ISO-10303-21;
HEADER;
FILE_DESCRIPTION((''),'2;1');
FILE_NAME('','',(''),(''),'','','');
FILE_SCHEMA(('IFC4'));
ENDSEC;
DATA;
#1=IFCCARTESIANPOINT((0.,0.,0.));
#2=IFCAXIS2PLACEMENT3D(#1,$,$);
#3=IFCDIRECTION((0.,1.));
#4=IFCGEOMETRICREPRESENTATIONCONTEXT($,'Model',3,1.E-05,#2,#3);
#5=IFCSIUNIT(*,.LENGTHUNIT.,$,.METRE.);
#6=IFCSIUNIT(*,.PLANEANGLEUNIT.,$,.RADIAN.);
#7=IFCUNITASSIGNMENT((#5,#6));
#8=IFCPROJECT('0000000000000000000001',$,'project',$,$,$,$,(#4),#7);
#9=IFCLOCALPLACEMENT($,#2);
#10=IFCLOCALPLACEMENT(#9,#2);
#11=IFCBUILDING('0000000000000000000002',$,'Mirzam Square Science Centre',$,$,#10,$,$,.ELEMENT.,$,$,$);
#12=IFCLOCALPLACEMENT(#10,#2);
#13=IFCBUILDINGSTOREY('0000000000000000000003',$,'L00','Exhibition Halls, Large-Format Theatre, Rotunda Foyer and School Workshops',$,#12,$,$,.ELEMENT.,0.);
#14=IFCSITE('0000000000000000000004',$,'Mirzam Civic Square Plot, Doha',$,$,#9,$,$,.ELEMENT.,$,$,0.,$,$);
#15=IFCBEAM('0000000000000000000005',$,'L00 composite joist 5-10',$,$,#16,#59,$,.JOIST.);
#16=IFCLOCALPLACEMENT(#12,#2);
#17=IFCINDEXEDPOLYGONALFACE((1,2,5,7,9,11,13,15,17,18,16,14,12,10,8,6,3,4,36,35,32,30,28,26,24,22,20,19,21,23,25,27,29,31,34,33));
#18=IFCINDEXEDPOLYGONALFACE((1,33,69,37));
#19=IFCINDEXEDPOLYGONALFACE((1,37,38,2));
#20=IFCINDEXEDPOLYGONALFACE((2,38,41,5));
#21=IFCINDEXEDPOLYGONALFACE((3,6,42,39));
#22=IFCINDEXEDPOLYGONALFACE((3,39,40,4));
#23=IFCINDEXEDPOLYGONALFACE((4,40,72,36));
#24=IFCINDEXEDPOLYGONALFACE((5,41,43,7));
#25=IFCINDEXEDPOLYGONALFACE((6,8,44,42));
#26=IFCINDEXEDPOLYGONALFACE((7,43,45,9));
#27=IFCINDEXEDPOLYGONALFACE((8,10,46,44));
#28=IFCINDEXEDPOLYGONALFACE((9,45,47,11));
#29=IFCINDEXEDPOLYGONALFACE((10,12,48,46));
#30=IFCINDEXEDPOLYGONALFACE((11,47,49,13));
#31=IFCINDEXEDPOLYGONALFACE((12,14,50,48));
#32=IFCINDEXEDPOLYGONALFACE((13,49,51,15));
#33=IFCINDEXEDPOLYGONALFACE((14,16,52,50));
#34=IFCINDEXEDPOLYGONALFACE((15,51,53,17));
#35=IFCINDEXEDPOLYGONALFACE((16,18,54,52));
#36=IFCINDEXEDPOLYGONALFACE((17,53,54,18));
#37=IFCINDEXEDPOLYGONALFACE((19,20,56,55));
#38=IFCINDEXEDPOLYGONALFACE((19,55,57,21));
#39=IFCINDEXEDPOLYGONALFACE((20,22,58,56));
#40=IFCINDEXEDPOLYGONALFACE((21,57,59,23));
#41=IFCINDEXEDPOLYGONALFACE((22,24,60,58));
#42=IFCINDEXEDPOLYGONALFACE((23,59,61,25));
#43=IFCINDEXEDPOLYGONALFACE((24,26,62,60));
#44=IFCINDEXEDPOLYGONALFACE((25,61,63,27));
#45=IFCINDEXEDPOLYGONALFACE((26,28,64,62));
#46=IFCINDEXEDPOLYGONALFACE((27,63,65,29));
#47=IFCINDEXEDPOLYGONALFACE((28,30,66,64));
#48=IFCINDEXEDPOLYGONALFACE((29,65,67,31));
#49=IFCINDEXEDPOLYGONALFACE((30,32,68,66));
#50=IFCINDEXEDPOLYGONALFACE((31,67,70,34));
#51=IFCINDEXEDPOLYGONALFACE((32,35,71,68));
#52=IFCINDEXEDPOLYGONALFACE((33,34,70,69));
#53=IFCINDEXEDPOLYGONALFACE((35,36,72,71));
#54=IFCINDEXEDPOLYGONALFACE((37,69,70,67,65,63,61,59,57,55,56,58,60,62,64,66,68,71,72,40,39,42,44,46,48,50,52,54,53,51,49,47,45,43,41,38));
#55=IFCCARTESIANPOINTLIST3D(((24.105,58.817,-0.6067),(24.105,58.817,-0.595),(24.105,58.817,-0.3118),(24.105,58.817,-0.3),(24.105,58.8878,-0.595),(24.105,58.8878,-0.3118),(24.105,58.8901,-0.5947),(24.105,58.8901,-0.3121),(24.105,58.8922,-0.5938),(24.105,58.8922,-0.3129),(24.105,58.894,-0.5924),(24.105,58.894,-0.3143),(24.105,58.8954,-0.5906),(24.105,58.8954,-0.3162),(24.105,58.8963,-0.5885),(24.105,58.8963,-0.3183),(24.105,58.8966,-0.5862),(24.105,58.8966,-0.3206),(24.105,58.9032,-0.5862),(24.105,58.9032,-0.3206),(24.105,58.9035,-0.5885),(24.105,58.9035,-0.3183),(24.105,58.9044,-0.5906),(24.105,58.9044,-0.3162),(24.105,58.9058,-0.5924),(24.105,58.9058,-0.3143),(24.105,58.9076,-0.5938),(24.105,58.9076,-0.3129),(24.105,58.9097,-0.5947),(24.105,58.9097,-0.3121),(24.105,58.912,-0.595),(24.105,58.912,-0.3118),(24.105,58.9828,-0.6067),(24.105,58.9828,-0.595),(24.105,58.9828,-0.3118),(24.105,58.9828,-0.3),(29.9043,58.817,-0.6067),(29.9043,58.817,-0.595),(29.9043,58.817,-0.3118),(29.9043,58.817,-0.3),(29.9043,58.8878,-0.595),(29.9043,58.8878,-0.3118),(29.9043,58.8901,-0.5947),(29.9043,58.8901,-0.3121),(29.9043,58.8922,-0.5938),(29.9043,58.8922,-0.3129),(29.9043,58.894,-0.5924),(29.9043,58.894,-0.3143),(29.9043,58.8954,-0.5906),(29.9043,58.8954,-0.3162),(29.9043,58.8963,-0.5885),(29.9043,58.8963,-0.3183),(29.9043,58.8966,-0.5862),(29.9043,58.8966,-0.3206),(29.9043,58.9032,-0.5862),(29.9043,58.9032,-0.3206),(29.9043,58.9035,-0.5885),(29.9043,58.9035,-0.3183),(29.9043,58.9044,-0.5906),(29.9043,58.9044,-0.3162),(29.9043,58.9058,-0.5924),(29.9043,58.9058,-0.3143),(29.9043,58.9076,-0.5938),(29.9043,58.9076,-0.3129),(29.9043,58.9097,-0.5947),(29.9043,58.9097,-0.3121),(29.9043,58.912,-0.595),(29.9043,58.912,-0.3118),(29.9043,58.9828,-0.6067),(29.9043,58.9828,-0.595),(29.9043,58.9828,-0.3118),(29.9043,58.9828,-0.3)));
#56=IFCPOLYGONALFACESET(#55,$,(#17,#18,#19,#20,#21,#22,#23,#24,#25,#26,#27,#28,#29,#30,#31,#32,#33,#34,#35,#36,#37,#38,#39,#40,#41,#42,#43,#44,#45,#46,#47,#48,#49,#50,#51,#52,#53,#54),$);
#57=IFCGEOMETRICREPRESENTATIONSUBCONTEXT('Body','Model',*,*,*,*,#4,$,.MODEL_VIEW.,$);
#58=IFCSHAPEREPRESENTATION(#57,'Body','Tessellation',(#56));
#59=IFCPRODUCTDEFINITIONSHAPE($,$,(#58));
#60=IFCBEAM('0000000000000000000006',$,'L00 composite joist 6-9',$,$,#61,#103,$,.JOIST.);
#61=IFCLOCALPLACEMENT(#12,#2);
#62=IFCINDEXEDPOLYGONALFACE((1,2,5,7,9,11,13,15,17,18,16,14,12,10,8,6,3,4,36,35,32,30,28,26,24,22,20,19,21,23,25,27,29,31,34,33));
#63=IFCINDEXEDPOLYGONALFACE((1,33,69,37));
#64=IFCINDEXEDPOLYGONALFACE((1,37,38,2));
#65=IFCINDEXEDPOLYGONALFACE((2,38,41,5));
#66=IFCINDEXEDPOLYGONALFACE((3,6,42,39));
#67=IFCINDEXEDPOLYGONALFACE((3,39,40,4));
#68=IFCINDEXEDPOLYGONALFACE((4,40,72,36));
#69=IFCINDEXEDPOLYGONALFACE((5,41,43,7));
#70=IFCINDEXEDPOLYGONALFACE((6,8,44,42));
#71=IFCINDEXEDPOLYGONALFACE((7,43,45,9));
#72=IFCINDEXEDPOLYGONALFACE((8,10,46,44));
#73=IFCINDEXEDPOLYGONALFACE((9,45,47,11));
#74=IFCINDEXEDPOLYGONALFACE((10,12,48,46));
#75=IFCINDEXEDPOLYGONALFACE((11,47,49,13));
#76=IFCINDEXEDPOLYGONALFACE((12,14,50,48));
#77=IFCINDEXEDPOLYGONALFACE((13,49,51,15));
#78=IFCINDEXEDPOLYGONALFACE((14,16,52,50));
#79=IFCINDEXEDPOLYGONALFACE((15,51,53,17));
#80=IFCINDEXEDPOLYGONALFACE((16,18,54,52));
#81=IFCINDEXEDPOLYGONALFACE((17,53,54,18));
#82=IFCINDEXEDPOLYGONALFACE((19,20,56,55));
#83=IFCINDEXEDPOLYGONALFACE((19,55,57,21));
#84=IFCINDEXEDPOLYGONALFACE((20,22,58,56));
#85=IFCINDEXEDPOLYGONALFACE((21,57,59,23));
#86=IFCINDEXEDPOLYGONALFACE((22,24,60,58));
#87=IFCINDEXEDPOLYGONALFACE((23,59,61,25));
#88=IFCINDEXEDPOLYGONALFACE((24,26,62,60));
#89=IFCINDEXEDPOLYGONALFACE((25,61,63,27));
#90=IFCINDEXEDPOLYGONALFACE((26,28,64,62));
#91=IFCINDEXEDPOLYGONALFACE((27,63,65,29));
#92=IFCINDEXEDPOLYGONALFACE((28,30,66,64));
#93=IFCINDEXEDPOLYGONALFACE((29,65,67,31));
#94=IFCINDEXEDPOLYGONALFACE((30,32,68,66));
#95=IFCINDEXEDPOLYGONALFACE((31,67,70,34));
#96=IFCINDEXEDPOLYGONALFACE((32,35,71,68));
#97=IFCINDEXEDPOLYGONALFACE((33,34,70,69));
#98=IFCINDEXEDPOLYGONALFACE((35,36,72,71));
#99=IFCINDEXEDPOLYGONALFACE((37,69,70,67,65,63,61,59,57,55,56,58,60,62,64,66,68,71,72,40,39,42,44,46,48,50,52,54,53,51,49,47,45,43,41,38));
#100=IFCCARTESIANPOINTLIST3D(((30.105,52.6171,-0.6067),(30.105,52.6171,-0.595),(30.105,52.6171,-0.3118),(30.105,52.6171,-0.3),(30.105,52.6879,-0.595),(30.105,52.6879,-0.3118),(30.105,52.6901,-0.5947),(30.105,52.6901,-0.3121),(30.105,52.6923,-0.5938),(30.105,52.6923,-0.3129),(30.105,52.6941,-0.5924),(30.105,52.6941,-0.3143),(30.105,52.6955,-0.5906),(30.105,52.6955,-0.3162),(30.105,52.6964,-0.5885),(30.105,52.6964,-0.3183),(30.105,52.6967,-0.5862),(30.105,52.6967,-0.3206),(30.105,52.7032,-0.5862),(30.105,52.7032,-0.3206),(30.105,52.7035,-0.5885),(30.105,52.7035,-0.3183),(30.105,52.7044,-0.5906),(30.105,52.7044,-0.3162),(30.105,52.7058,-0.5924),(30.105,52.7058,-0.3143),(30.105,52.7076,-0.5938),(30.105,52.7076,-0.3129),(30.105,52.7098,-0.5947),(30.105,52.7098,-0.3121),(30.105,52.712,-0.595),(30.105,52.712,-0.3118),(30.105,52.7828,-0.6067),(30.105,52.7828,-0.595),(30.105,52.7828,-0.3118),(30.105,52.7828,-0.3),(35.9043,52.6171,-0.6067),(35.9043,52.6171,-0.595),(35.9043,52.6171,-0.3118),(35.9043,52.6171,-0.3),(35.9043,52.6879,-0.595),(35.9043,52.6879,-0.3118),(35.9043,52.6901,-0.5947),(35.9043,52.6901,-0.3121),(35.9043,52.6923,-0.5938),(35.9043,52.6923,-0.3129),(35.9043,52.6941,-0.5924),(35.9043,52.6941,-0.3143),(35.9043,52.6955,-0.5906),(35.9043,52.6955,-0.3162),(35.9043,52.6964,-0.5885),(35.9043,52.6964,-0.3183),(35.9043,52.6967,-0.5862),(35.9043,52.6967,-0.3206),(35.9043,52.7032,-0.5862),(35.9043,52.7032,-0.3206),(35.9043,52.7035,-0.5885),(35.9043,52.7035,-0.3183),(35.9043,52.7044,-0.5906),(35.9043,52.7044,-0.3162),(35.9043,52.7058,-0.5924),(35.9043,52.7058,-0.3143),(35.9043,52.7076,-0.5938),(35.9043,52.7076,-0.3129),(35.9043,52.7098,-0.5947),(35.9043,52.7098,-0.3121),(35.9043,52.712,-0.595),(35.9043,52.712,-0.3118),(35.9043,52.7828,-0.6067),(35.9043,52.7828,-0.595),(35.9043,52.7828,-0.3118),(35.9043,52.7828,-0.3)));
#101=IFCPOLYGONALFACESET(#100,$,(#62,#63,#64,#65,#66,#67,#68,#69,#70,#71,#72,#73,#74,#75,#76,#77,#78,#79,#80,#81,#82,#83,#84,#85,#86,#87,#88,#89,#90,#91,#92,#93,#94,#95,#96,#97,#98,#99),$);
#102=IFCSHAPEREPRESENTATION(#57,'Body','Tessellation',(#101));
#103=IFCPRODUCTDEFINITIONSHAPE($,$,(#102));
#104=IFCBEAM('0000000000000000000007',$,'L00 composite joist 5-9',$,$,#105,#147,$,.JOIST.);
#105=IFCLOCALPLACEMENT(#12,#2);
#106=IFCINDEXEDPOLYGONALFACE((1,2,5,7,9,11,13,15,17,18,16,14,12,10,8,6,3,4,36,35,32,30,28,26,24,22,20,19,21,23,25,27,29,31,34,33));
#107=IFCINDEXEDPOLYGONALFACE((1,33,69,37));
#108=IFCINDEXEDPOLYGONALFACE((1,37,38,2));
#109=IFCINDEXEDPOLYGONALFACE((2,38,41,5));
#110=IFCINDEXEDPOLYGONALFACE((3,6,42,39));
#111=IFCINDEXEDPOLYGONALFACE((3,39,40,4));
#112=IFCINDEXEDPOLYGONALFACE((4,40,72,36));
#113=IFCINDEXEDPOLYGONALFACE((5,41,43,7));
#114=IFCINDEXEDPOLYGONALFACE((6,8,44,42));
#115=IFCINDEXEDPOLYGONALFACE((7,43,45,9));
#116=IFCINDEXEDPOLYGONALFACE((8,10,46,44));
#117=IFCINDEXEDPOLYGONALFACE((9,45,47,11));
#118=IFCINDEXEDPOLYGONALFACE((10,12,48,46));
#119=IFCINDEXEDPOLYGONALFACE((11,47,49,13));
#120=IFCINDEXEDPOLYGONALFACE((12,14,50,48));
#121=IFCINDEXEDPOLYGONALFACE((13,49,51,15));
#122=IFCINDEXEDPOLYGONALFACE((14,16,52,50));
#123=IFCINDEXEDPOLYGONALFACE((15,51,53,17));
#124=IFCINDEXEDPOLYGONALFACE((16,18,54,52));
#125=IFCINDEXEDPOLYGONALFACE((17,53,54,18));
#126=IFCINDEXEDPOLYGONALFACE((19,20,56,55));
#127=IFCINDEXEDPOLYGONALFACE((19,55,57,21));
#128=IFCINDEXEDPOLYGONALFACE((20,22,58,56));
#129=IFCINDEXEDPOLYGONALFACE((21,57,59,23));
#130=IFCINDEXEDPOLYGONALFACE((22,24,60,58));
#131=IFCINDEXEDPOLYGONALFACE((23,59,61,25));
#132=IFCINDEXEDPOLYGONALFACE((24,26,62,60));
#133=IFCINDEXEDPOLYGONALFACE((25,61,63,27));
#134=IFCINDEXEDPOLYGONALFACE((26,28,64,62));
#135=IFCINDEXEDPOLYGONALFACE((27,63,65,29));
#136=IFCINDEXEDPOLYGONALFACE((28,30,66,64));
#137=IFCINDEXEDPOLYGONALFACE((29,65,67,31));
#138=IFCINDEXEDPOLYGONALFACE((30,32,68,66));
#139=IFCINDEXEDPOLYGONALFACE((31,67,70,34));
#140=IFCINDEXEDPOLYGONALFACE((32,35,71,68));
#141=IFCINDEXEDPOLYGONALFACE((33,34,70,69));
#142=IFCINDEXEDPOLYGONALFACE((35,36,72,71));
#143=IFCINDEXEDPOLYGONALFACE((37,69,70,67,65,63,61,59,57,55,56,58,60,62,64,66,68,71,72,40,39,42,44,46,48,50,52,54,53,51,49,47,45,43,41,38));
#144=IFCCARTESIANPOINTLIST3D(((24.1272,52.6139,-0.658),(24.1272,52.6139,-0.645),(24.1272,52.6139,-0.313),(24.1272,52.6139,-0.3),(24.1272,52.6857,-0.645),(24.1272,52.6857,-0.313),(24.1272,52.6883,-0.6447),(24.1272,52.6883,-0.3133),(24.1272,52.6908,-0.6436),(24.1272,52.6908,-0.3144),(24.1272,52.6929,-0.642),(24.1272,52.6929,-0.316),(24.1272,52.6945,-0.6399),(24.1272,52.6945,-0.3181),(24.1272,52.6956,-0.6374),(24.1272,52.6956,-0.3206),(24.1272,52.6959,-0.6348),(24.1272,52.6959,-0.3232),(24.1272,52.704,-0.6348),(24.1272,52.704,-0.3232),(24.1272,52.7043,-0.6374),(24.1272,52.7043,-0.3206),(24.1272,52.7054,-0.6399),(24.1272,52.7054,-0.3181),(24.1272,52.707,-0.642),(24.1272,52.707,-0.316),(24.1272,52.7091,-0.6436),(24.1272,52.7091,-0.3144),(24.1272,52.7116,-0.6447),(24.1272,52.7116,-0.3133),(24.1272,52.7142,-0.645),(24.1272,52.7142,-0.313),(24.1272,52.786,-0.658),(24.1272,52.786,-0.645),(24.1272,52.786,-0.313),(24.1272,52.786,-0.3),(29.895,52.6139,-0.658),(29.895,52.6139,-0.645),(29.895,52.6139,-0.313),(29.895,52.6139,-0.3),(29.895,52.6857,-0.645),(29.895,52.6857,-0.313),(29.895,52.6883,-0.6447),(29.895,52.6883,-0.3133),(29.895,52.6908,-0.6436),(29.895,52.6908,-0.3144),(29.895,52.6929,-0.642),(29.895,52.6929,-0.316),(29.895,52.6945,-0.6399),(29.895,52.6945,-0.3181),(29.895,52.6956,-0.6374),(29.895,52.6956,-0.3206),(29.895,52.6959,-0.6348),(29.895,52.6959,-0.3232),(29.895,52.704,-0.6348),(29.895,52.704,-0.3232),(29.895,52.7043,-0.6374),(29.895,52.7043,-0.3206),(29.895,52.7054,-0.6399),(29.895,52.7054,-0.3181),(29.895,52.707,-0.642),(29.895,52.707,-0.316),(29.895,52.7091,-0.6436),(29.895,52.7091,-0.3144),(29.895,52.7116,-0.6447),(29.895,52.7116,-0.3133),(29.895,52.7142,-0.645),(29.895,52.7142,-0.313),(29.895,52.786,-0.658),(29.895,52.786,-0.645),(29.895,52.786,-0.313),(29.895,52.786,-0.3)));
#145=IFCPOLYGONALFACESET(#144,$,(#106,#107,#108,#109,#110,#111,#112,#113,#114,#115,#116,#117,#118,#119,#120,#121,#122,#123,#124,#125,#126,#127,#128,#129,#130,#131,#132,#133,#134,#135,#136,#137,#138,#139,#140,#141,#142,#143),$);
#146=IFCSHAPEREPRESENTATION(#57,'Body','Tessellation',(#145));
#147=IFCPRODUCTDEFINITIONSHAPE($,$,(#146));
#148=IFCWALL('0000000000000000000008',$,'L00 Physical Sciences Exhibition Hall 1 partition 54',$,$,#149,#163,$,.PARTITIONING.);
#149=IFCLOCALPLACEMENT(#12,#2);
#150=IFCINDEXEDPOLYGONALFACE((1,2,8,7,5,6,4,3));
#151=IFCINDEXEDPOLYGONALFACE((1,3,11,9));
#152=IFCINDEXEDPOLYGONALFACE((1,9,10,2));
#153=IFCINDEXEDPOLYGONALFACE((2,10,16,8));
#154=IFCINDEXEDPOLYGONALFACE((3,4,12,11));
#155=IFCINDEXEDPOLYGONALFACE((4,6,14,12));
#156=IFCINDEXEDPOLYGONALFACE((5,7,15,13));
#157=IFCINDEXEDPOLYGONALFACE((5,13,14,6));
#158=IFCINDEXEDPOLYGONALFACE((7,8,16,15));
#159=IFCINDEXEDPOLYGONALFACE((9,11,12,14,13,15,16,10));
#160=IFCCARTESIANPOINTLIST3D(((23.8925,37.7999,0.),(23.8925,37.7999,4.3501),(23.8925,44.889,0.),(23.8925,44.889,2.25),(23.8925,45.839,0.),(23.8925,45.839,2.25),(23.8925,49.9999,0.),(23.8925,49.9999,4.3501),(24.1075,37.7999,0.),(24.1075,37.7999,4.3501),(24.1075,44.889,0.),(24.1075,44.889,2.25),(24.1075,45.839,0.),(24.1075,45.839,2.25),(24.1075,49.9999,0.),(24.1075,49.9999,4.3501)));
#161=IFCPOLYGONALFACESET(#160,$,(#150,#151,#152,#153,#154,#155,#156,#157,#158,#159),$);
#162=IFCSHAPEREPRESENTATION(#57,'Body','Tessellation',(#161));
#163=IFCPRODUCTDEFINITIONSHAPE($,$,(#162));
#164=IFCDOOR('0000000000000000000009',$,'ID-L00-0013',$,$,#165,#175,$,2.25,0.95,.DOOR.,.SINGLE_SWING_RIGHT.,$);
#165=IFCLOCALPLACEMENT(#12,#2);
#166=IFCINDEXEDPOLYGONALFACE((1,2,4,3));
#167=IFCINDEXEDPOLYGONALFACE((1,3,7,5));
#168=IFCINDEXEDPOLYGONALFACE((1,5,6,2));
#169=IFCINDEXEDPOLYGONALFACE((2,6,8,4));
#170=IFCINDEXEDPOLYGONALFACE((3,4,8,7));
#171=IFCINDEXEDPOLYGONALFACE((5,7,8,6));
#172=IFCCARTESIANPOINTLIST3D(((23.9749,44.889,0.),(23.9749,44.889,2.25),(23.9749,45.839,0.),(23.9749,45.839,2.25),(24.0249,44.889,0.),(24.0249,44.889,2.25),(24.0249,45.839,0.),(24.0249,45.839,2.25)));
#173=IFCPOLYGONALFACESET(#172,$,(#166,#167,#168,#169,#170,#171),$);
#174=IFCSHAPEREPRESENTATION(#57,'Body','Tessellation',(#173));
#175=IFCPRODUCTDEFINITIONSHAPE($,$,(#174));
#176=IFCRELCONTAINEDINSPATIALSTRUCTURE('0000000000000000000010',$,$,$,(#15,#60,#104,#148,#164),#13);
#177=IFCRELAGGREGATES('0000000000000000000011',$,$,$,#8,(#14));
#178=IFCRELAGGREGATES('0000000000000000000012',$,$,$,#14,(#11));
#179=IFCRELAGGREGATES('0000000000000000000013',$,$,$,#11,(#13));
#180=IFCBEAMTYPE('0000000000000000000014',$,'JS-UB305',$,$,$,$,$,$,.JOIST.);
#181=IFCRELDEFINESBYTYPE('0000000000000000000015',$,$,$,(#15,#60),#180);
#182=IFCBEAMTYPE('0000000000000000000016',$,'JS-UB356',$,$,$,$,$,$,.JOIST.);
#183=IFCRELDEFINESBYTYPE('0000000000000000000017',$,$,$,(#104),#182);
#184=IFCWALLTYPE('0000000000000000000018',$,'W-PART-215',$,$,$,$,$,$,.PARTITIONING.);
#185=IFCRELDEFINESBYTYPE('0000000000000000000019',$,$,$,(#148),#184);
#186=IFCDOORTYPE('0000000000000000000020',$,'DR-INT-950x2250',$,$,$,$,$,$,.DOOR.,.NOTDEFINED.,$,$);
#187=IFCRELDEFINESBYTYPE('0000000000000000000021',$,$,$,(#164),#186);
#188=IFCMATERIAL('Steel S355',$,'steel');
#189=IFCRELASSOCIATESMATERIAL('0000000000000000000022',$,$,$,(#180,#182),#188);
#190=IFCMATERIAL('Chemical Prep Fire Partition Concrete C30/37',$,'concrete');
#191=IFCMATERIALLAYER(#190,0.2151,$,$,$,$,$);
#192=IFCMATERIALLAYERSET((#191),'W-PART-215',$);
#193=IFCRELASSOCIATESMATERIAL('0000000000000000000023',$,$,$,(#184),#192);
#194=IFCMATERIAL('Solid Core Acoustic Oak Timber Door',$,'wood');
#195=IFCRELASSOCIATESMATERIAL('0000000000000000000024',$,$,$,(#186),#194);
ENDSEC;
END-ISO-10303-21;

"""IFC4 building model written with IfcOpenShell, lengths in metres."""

from ifc_helpers import new_model, si_unit, direction, frame, frame_2d, origin, origin_2d, place, context, subcontext, project, spatial, rectangle, i_section, extrude, material, layer, layer_set, material_profile, profile_set, type_object, element, fill, save


model = new_model("IFC4")

# Units and contexts
model_context = context("Model", 3, precision=1e-05, world=origin(), true_north=direction((0.0, 1.0)))
body_context = subcontext(model_context, "Body", "Model", "MODEL_VIEW")
ifc_project = project(units=[si_unit("LENGTHUNIT", "METRE"), si_unit("PLANEANGLEUNIT", "RADIAN")], contexts=[model_context])

# Site, building, storey
site_placement = place(None, origin())
site = spatial("IfcSite", under=ifc_project, at=site_placement, Name="Mirzam Civic Square Plot, Doha", CompositionType="ELEMENT", RefElevation=0.0)
building_placement = place(site_placement, origin())
building = spatial("IfcBuilding", under=site, at=building_placement, Name="Mirzam Square Science Centre", CompositionType="ELEMENT")
storey_placement = place(building_placement, origin())
storey = spatial("IfcBuildingStorey", under=building, at=storey_placement, Name="L00", Description="Exhibition Halls, Large-Format Theatre, Rotunda Foyer and School Workshops", CompositionType="ELEMENT", Elevation=0.0)

# Shared definitions
ifc_material_1 = material(Name="Steel S355", Category="steel")

# Beams
ifc_material_profile_1 = material_profile(ifc_material_1, i_section(OverallWidth=0.1658, OverallDepth=0.3066, WebThickness=0.0066, FlangeThickness=0.0117, FilletRadius=0.0088, at=origin_2d()), Name="305x165x46UB")
ifc_profile_set_1 = profile_set([ifc_material_profile_1], Name="Steel S355")
beam_type_1 = type_object("IfcBeamType", Name="JS-UB305", PredefinedType="JOIST", material=ifc_profile_set_1)
for number, where, z_axis, x_axis, name in (
    (1, (24.105, 58.8999, -0.4534), (1.0, 0.0, 0.0), (0.0, 1.0, 0.0), "L00 composite joist 5-10"),
    (2, (30.105, 52.7, -0.4534), (1.0, 0.0, 0.0), (0.0, 1.0, 0.0), "L00 composite joist 6-9"),
):
    element("IfcBeam", number, at=place(storey_placement, frame(where, z_axis=z_axis, x_axis=x_axis)), inside=storey, type_object=beam_type_1, Name=name, PredefinedType="JOIST", context=body_context, shape_type="SweptSolid", body=[
        extrude(i_section(OverallWidth=0.1658, OverallDepth=0.3066, WebThickness=0.0066, FlangeThickness=0.0117, FilletRadius=0.0088, at=origin_2d()), origin(), (0.0, 0.0, 1.0), 5.7993),
    ])
ifc_material_profile_2 = material_profile(ifc_material_1, i_section(OverallWidth=0.1721, OverallDepth=0.3579, WebThickness=0.0081, FlangeThickness=0.0129, FilletRadius=0.0103, at=origin_2d()), Name="356x171x57UB")
ifc_profile_set_2 = profile_set([ifc_material_profile_2], Name="Steel S355")
beam_type_2 = type_object("IfcBeamType", Name="JS-UB356", PredefinedType="JOIST", material=ifc_profile_set_2)
beam_1_placement = place(storey_placement, frame((24.1272, 52.7, -0.479), z_axis=(1.0, 0.0, 0.0), x_axis=(0.0, 1.0, 0.0)))
element("IfcBeam", 3, at=beam_1_placement, inside=storey, type_object=beam_type_2, Name="L00 composite joist 5-9", PredefinedType="JOIST", context=body_context, shape_type="SweptSolid", body=[
    extrude(i_section(OverallWidth=0.1721, OverallDepth=0.3579, WebThickness=0.0081, FlangeThickness=0.0129, FilletRadius=0.0103, at=origin_2d()), origin(), (0.0, 0.0, 1.0), 5.7678),
])

# Wall, opening, door
ifc_material_2 = material(Name="Chemical Prep Fire Partition Concrete C30/37", Category="concrete")
ifc_layer_1 = layer(ifc_material_2, 0.2151)
ifc_layer_set_1 = layer_set([ifc_layer_1], Name="W-PART-215")
wall_type_1 = type_object("IfcWallType", Name="W-PART-215", PredefinedType="PARTITIONING", material=ifc_layer_set_1)
wall_1_placement = place(storey_placement, frame((24.0, 50.0, 0.0), z_axis=(0.0, 0.0, 1.0), x_axis=(0.0, -1.0, 0.0)))
wall_1 = element("IfcWall", 4, at=wall_1_placement, inside=storey, type_object=wall_type_1, Name="L00 Physical Sciences Exhibition Hall 1 partition 54", PredefinedType="PARTITIONING", context=body_context, shape_type="SweptSolid", body=[
    extrude(rectangle(XDim=12.2, YDim=0.2151, at=frame_2d((6.1001, 0.0))), origin(), (0.0, 0.0, 1.0), 4.3501),
])
opening_1_placement = place(wall_1_placement, frame((4.1609, 0.0, 0.0)))
opening_1 = element("IfcOpeningElement", 5, at=opening_1_placement, cuts=wall_1, PredefinedType="OPENING", context=body_context, shape_type="SweptSolid", body=[
    extrude(rectangle(XDim=0.95, YDim=2.25, at=frame_2d((0.4751, 1.125))), frame((0.0, 0.1174, 0.0), z_axis=(0.0, -1.0, 0.0), x_axis=(1.0, 0.0, 0.0)), (0.0, 0.0, 1.0), 0.2351),
])
ifc_material_3 = material(Name="Solid Core Acoustic Oak Timber Door", Category="wood")
door_type_1 = type_object("IfcDoorType", Name="DR-INT-950x2250", OperationType="NOTDEFINED", PredefinedType="DOOR", material=ifc_material_3)
door_1_placement = place(opening_1_placement, origin())
door_1 = element("IfcDoor", 6, at=door_1_placement, inside=storey, type_object=door_type_1, Name="ID-L00-0013", OperationType="SINGLE_SWING_RIGHT", OverallHeight=2.25, OverallWidth=0.95, PredefinedType="DOOR", context=body_context, shape_type="SweptSolid", body=[
    extrude(rectangle(XDim=0.95, YDim=2.25, at=frame_2d((0.4751, 1.125))), frame((0.0, 0.0249, 0.0), z_axis=(0.0, -1.0, 0.0), x_axis=(1.0, 0.0, 0.0)), (0.0, 0.0, 1.0), 0.05),
])
fill(opening_1, door_1)

save(model, "model.ifc")
